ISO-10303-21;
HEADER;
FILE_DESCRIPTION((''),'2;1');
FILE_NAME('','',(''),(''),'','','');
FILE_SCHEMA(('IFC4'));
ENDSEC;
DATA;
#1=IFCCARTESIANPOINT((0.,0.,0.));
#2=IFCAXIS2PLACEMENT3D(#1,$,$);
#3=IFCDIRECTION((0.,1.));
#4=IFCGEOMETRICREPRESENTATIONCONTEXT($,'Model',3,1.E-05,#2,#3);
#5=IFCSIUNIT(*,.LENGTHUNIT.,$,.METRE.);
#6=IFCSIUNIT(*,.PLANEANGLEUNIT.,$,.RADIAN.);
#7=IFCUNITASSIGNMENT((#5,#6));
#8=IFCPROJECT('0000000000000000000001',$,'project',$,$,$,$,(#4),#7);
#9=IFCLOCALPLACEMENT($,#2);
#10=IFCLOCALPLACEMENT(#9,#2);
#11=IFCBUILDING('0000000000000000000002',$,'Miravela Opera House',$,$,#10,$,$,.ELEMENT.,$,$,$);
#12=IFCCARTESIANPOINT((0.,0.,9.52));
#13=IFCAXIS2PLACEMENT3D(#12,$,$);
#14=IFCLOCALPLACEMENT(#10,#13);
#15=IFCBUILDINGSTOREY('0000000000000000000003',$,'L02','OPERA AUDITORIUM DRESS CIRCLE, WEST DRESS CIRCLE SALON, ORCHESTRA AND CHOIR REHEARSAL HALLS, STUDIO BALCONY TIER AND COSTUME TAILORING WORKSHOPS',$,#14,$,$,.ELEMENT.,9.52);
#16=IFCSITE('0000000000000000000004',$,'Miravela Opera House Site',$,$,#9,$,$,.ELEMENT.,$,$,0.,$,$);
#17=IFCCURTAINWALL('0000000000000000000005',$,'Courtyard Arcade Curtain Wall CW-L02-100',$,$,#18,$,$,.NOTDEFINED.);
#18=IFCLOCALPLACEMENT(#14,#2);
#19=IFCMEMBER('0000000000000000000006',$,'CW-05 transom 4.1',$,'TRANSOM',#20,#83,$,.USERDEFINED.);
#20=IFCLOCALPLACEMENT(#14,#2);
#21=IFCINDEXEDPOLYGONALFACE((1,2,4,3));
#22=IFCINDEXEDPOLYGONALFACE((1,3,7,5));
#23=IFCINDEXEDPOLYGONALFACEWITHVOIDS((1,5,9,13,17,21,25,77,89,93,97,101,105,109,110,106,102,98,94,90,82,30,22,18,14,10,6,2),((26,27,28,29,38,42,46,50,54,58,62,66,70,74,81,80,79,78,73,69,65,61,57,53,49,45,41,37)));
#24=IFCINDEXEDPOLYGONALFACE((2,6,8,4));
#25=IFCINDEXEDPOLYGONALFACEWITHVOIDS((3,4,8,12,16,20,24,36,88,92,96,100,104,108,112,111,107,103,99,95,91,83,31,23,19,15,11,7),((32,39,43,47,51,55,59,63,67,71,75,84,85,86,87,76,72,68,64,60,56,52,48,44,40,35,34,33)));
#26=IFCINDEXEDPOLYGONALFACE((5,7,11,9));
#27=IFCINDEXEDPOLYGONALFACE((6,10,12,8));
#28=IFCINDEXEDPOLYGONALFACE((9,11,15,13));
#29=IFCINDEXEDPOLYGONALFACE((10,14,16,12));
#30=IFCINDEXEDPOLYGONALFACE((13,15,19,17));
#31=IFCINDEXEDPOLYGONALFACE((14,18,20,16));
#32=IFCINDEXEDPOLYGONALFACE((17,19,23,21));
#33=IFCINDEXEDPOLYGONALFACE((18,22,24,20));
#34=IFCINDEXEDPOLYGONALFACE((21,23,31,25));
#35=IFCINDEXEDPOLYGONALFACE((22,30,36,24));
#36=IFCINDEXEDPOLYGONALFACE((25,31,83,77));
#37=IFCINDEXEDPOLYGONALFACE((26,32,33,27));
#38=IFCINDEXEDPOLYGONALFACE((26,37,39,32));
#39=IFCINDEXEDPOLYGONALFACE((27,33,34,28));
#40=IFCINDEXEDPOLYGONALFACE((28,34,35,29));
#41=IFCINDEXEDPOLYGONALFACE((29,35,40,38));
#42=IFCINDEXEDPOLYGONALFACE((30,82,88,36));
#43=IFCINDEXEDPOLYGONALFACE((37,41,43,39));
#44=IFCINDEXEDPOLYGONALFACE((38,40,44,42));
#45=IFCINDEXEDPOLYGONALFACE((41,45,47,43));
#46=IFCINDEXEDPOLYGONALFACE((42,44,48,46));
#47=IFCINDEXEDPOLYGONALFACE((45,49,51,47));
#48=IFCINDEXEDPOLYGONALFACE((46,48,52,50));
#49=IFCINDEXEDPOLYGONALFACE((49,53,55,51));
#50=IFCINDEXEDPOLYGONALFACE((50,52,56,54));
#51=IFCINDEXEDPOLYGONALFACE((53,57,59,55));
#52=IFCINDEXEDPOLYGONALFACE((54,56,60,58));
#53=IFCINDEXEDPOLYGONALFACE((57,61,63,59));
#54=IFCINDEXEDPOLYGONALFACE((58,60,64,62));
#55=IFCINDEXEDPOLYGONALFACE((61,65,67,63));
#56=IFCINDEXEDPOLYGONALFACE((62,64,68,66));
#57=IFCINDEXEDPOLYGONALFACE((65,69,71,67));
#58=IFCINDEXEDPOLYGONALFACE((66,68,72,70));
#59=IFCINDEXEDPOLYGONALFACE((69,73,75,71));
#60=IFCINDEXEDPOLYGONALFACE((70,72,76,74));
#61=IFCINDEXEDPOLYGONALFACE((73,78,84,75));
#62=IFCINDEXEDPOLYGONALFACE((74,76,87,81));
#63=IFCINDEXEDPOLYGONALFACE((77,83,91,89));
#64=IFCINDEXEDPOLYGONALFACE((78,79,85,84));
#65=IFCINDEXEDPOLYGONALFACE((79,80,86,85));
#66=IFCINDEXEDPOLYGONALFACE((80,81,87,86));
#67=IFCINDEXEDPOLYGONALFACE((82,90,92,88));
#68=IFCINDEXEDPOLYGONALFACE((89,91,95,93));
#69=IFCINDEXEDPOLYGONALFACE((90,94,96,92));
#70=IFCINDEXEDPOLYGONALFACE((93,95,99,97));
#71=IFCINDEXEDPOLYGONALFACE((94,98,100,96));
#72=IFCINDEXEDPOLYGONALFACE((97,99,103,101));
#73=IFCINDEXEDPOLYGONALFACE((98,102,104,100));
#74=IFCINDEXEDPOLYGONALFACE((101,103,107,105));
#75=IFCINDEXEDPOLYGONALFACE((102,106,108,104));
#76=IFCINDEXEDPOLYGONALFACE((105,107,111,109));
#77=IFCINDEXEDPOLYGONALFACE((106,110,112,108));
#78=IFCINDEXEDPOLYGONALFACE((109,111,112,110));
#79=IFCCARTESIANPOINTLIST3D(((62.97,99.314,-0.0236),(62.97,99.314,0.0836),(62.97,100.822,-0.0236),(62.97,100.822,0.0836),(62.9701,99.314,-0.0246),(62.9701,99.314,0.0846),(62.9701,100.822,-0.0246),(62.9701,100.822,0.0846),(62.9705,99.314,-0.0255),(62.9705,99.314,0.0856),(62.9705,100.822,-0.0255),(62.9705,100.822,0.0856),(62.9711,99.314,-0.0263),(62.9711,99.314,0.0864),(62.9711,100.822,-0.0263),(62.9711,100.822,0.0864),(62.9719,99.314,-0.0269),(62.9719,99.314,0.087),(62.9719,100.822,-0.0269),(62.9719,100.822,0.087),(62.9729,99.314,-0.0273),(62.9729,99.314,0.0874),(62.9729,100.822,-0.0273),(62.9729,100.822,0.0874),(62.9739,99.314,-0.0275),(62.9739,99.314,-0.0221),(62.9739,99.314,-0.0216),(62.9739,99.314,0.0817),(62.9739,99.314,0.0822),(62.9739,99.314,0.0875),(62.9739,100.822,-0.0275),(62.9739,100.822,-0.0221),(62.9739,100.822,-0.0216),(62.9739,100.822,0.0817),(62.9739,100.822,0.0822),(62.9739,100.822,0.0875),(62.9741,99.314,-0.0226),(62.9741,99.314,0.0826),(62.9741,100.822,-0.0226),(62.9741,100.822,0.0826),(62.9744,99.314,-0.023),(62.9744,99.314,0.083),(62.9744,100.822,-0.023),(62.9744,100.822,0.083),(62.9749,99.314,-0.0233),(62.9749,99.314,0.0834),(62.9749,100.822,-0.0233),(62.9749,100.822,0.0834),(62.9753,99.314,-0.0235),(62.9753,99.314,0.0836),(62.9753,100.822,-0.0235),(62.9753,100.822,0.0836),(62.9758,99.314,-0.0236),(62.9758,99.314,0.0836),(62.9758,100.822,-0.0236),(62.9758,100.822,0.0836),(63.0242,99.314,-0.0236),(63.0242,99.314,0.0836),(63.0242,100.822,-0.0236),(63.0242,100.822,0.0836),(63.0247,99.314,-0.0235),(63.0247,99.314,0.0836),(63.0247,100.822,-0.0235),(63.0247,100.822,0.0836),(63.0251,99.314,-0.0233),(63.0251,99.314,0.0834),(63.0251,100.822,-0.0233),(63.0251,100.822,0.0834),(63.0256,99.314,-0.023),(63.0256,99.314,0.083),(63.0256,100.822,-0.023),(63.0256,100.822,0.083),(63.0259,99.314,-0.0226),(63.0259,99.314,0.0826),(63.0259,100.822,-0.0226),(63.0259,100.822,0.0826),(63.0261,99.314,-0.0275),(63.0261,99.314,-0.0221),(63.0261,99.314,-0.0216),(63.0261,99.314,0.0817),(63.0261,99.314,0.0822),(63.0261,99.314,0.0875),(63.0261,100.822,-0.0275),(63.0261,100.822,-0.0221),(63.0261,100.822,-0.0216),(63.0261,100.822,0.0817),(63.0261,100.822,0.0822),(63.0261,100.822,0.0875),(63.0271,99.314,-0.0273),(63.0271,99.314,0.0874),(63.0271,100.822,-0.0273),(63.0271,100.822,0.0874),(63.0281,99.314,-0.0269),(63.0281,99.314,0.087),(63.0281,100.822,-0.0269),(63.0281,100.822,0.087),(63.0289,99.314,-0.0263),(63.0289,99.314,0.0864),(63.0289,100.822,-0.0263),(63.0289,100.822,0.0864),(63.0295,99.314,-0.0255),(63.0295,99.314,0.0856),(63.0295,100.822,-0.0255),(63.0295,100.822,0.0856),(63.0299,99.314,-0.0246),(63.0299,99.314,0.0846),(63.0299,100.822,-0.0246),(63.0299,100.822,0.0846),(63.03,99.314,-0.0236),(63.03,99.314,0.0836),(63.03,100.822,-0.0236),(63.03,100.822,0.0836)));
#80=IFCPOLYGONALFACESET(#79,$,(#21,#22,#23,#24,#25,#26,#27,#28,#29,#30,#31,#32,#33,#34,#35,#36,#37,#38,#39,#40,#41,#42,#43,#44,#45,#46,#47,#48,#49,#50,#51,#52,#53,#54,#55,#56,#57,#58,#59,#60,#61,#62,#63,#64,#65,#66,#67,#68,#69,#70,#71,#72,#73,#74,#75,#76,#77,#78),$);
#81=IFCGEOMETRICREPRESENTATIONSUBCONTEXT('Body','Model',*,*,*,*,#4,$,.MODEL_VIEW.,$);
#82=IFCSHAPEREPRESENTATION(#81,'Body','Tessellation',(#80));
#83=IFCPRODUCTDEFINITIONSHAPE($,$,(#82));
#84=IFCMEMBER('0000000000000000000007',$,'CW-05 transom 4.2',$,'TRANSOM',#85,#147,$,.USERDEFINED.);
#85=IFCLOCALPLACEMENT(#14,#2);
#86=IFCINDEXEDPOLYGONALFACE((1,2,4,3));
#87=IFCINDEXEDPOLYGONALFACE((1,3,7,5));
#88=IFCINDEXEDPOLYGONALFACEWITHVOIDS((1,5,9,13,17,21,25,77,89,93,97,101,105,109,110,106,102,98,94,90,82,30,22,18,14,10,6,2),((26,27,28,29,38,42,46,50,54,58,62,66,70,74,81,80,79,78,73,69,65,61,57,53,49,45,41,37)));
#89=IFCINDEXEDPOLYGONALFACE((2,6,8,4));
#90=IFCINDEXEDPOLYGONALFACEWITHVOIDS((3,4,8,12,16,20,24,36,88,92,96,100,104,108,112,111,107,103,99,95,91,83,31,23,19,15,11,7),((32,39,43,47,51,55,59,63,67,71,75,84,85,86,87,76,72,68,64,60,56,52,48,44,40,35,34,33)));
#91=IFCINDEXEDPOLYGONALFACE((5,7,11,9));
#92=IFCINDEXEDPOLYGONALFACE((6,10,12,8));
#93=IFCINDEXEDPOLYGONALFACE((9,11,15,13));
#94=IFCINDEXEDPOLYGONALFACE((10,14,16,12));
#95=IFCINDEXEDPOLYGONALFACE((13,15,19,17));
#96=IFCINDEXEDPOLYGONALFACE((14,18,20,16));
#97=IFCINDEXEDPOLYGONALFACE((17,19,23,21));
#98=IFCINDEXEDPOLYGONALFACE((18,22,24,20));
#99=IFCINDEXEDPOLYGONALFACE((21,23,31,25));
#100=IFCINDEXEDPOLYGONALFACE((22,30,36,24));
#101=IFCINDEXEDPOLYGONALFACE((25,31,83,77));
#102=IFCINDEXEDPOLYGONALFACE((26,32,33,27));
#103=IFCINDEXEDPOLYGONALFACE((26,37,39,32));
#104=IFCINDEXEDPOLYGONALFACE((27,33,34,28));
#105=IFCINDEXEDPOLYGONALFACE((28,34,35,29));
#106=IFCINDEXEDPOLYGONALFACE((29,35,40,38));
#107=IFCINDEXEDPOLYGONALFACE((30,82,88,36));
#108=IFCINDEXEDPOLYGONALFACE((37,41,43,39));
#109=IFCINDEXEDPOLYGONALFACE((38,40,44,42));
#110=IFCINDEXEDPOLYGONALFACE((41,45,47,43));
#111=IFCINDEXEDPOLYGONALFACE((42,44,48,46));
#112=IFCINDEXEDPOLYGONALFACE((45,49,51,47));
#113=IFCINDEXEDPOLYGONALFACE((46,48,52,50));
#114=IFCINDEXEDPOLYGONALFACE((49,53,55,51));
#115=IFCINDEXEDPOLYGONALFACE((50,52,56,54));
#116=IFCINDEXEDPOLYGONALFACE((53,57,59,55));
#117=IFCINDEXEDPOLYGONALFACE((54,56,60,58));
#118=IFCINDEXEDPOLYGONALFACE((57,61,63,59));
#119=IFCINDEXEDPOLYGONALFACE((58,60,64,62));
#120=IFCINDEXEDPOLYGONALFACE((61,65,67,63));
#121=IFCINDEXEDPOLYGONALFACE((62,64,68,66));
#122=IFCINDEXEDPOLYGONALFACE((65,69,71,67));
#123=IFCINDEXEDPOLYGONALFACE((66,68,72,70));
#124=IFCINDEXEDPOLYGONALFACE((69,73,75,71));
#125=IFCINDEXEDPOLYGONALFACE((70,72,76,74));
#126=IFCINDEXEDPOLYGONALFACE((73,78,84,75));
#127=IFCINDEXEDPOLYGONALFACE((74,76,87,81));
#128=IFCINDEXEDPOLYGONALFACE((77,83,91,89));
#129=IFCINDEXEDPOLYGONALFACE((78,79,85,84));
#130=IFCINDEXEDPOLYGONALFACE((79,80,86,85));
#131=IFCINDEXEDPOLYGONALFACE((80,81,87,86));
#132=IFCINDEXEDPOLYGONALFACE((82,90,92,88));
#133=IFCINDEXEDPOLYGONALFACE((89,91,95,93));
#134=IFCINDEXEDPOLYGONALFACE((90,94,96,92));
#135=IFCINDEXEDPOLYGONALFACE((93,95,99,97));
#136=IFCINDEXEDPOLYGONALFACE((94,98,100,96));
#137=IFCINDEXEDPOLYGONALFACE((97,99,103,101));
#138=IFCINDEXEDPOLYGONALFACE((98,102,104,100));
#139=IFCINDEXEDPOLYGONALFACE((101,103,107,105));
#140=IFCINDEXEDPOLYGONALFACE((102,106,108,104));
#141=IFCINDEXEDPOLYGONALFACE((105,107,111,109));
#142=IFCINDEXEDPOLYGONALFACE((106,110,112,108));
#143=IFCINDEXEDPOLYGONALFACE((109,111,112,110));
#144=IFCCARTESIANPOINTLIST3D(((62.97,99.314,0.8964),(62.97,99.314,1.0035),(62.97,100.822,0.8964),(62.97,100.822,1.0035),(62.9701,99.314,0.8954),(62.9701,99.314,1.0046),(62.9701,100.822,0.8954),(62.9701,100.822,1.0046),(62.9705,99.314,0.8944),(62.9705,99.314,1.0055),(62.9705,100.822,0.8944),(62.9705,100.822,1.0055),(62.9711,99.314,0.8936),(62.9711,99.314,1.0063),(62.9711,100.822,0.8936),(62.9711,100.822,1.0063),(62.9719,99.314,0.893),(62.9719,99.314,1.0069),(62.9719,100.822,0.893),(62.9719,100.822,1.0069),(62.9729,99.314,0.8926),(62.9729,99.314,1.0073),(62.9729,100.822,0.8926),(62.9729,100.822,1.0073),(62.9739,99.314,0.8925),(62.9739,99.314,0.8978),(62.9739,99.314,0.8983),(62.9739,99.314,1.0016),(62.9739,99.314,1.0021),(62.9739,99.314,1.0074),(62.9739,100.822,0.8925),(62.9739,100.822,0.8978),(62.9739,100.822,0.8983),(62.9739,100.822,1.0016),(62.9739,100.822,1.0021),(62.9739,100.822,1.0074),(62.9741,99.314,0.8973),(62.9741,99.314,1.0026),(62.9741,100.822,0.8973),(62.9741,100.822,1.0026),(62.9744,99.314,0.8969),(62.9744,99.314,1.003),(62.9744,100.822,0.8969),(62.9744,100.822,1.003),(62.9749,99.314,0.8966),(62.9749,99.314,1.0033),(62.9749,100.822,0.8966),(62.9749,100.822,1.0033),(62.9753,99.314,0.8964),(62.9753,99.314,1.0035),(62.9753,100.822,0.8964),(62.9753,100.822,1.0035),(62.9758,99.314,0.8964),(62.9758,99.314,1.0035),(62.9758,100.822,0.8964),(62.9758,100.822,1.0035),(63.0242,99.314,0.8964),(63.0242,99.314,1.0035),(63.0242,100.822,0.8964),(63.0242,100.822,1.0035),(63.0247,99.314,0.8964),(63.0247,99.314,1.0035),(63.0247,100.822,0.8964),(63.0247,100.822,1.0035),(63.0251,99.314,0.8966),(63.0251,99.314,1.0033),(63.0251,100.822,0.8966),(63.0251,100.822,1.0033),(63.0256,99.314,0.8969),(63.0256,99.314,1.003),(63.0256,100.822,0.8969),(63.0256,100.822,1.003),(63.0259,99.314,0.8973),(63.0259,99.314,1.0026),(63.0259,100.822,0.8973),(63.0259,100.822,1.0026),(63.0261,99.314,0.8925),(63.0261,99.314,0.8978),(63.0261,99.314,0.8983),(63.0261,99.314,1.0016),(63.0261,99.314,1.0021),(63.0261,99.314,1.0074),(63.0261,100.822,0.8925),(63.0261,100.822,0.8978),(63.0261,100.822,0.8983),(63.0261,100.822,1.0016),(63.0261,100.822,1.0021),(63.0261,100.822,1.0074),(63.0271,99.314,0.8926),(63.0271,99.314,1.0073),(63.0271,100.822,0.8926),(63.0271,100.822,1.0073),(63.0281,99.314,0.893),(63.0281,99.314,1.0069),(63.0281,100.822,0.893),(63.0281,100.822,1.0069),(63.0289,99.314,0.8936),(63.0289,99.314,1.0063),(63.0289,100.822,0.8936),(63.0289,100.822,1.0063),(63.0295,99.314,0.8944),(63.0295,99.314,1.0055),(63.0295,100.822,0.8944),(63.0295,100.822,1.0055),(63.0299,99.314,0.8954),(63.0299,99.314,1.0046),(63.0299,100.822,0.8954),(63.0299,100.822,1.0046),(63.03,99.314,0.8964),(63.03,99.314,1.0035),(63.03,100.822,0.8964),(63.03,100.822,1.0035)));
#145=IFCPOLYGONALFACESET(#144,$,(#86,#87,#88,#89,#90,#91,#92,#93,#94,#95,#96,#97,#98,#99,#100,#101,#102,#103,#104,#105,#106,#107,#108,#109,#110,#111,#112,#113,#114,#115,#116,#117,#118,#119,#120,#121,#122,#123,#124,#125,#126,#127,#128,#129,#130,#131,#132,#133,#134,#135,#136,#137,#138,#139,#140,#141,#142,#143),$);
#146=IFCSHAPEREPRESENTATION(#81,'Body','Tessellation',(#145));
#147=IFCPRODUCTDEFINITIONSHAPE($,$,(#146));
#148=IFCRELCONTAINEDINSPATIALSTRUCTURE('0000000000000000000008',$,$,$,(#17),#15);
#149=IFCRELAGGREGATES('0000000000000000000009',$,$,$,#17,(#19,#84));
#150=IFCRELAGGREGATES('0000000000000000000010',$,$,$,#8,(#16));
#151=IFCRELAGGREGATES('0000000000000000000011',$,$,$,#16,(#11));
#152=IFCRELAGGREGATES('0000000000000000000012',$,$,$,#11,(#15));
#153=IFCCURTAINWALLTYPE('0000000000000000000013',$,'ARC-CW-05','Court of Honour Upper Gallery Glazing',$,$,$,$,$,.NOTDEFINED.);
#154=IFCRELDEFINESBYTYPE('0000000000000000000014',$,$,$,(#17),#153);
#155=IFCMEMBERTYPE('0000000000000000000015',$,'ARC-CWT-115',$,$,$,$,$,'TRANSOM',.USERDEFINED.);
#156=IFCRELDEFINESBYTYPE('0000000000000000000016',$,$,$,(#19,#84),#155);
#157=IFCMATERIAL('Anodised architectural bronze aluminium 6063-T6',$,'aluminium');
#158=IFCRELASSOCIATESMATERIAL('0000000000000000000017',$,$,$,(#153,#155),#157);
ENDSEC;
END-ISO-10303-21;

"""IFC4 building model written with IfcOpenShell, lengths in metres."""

from ifc_helpers import new_model, si_unit, direction, frame, origin, origin_2d, place, context, subcontext, project, spatial, hollow_rectangle, extrude, material, material_profile, profile_set, type_object, element, aggregate, save


model = new_model("IFC4")

# Units and contexts
model_context = context("Model", 3, precision=1e-05, world=origin(), true_north=direction((0.0, 1.0)))
body_context = subcontext(model_context, "Body", "Model", "MODEL_VIEW")
ifc_project = project(units=[si_unit("LENGTHUNIT", "METRE"), si_unit("PLANEANGLEUNIT", "RADIAN")], contexts=[model_context])

# Site, building, storey
site_placement = place(None, origin())
site = spatial("IfcSite", under=ifc_project, at=site_placement, Name="Miravela Opera House Site", CompositionType="ELEMENT", RefElevation=0.0)
building_placement = place(site_placement, origin())
building = spatial("IfcBuilding", under=site, at=building_placement, Name="Miravela Opera House", CompositionType="ELEMENT")
storey_placement = place(building_placement, frame((0.0, 0.0, 9.52)))
storey = spatial("IfcBuildingStorey", under=building, at=storey_placement, Name="L02", Description="OPERA AUDITORIUM DRESS CIRCLE, WEST DRESS CIRCLE SALON, ORCHESTRA AND CHOIR REHEARSAL HALLS, STUDIO BALCONY TIER AND COSTUME TAILORING WORKSHOPS", CompositionType="ELEMENT", Elevation=9.52)

# Curtain wall, members
ifc_material_1 = material(Name="Anodised architectural bronze aluminium 6063-T6", Category="aluminium")
curtain_wall_type = type_object("IfcCurtainWallType", Name="ARC-CW-05", Description="Court of Honour Upper Gallery Glazing", PredefinedType="NOTDEFINED", material=ifc_material_1)
curtain_wall_placement = place(storey_placement, origin())
curtain_wall = element("IfcCurtainWall", 1, at=curtain_wall_placement, inside=storey, type_object=curtain_wall_type, Name="Courtyard Arcade Curtain Wall CW-L02-100", PredefinedType="NOTDEFINED")
ifc_material_profile_1 = material_profile(ifc_material_1, hollow_rectangle(XDim=0.0601, YDim=0.115, WallThickness=0.0039, InnerFilletRadius=0.002, OuterFilletRadius=0.0039, at=origin_2d()), Name="CWT-60X115")
ifc_profile_set_1 = profile_set([ifc_material_profile_1])
member_type_1 = type_object("IfcMemberType", Name="ARC-CWT-115", ElementType="TRANSOM", PredefinedType="USERDEFINED", material=ifc_profile_set_1)
member_1_placement = place(storey_placement, frame((63.0, 99.314, 0.03), z_axis=(0.0, 1.0, 0.0), x_axis=(-1.0, 0.0, 0.0)))
member_1 = element("IfcMember", 2, at=member_1_placement, type_object=member_type_1, Name="CW-05 transom 4.1", ObjectType="TRANSOM", PredefinedType="USERDEFINED", context=body_context, shape_type="SweptSolid", body=[
    extrude(hollow_rectangle(XDim=0.0601, YDim=0.115, WallThickness=0.0039, InnerFilletRadius=0.002, OuterFilletRadius=0.0039, at=origin_2d()), origin(), (0.0, 0.0, 1.0), 1.5081),
])
member_2_placement = place(storey_placement, frame((63.0, 99.314, 0.95), z_axis=(0.0, 1.0, 0.0), x_axis=(-1.0, 0.0, 0.0)))
member_2 = element("IfcMember", 3, at=member_2_placement, type_object=member_type_1, Name="CW-05 transom 4.2", ObjectType="TRANSOM", PredefinedType="USERDEFINED", context=body_context, shape_type="SweptSolid", body=[
    extrude(hollow_rectangle(XDim=0.0601, YDim=0.115, WallThickness=0.0039, InnerFilletRadius=0.002, OuterFilletRadius=0.0039, at=origin_2d()), origin(), (0.0, 0.0, 1.0), 1.5081),
])

aggregate(curtain_wall, [member_1, member_2])

save(model, "model.ifc")
